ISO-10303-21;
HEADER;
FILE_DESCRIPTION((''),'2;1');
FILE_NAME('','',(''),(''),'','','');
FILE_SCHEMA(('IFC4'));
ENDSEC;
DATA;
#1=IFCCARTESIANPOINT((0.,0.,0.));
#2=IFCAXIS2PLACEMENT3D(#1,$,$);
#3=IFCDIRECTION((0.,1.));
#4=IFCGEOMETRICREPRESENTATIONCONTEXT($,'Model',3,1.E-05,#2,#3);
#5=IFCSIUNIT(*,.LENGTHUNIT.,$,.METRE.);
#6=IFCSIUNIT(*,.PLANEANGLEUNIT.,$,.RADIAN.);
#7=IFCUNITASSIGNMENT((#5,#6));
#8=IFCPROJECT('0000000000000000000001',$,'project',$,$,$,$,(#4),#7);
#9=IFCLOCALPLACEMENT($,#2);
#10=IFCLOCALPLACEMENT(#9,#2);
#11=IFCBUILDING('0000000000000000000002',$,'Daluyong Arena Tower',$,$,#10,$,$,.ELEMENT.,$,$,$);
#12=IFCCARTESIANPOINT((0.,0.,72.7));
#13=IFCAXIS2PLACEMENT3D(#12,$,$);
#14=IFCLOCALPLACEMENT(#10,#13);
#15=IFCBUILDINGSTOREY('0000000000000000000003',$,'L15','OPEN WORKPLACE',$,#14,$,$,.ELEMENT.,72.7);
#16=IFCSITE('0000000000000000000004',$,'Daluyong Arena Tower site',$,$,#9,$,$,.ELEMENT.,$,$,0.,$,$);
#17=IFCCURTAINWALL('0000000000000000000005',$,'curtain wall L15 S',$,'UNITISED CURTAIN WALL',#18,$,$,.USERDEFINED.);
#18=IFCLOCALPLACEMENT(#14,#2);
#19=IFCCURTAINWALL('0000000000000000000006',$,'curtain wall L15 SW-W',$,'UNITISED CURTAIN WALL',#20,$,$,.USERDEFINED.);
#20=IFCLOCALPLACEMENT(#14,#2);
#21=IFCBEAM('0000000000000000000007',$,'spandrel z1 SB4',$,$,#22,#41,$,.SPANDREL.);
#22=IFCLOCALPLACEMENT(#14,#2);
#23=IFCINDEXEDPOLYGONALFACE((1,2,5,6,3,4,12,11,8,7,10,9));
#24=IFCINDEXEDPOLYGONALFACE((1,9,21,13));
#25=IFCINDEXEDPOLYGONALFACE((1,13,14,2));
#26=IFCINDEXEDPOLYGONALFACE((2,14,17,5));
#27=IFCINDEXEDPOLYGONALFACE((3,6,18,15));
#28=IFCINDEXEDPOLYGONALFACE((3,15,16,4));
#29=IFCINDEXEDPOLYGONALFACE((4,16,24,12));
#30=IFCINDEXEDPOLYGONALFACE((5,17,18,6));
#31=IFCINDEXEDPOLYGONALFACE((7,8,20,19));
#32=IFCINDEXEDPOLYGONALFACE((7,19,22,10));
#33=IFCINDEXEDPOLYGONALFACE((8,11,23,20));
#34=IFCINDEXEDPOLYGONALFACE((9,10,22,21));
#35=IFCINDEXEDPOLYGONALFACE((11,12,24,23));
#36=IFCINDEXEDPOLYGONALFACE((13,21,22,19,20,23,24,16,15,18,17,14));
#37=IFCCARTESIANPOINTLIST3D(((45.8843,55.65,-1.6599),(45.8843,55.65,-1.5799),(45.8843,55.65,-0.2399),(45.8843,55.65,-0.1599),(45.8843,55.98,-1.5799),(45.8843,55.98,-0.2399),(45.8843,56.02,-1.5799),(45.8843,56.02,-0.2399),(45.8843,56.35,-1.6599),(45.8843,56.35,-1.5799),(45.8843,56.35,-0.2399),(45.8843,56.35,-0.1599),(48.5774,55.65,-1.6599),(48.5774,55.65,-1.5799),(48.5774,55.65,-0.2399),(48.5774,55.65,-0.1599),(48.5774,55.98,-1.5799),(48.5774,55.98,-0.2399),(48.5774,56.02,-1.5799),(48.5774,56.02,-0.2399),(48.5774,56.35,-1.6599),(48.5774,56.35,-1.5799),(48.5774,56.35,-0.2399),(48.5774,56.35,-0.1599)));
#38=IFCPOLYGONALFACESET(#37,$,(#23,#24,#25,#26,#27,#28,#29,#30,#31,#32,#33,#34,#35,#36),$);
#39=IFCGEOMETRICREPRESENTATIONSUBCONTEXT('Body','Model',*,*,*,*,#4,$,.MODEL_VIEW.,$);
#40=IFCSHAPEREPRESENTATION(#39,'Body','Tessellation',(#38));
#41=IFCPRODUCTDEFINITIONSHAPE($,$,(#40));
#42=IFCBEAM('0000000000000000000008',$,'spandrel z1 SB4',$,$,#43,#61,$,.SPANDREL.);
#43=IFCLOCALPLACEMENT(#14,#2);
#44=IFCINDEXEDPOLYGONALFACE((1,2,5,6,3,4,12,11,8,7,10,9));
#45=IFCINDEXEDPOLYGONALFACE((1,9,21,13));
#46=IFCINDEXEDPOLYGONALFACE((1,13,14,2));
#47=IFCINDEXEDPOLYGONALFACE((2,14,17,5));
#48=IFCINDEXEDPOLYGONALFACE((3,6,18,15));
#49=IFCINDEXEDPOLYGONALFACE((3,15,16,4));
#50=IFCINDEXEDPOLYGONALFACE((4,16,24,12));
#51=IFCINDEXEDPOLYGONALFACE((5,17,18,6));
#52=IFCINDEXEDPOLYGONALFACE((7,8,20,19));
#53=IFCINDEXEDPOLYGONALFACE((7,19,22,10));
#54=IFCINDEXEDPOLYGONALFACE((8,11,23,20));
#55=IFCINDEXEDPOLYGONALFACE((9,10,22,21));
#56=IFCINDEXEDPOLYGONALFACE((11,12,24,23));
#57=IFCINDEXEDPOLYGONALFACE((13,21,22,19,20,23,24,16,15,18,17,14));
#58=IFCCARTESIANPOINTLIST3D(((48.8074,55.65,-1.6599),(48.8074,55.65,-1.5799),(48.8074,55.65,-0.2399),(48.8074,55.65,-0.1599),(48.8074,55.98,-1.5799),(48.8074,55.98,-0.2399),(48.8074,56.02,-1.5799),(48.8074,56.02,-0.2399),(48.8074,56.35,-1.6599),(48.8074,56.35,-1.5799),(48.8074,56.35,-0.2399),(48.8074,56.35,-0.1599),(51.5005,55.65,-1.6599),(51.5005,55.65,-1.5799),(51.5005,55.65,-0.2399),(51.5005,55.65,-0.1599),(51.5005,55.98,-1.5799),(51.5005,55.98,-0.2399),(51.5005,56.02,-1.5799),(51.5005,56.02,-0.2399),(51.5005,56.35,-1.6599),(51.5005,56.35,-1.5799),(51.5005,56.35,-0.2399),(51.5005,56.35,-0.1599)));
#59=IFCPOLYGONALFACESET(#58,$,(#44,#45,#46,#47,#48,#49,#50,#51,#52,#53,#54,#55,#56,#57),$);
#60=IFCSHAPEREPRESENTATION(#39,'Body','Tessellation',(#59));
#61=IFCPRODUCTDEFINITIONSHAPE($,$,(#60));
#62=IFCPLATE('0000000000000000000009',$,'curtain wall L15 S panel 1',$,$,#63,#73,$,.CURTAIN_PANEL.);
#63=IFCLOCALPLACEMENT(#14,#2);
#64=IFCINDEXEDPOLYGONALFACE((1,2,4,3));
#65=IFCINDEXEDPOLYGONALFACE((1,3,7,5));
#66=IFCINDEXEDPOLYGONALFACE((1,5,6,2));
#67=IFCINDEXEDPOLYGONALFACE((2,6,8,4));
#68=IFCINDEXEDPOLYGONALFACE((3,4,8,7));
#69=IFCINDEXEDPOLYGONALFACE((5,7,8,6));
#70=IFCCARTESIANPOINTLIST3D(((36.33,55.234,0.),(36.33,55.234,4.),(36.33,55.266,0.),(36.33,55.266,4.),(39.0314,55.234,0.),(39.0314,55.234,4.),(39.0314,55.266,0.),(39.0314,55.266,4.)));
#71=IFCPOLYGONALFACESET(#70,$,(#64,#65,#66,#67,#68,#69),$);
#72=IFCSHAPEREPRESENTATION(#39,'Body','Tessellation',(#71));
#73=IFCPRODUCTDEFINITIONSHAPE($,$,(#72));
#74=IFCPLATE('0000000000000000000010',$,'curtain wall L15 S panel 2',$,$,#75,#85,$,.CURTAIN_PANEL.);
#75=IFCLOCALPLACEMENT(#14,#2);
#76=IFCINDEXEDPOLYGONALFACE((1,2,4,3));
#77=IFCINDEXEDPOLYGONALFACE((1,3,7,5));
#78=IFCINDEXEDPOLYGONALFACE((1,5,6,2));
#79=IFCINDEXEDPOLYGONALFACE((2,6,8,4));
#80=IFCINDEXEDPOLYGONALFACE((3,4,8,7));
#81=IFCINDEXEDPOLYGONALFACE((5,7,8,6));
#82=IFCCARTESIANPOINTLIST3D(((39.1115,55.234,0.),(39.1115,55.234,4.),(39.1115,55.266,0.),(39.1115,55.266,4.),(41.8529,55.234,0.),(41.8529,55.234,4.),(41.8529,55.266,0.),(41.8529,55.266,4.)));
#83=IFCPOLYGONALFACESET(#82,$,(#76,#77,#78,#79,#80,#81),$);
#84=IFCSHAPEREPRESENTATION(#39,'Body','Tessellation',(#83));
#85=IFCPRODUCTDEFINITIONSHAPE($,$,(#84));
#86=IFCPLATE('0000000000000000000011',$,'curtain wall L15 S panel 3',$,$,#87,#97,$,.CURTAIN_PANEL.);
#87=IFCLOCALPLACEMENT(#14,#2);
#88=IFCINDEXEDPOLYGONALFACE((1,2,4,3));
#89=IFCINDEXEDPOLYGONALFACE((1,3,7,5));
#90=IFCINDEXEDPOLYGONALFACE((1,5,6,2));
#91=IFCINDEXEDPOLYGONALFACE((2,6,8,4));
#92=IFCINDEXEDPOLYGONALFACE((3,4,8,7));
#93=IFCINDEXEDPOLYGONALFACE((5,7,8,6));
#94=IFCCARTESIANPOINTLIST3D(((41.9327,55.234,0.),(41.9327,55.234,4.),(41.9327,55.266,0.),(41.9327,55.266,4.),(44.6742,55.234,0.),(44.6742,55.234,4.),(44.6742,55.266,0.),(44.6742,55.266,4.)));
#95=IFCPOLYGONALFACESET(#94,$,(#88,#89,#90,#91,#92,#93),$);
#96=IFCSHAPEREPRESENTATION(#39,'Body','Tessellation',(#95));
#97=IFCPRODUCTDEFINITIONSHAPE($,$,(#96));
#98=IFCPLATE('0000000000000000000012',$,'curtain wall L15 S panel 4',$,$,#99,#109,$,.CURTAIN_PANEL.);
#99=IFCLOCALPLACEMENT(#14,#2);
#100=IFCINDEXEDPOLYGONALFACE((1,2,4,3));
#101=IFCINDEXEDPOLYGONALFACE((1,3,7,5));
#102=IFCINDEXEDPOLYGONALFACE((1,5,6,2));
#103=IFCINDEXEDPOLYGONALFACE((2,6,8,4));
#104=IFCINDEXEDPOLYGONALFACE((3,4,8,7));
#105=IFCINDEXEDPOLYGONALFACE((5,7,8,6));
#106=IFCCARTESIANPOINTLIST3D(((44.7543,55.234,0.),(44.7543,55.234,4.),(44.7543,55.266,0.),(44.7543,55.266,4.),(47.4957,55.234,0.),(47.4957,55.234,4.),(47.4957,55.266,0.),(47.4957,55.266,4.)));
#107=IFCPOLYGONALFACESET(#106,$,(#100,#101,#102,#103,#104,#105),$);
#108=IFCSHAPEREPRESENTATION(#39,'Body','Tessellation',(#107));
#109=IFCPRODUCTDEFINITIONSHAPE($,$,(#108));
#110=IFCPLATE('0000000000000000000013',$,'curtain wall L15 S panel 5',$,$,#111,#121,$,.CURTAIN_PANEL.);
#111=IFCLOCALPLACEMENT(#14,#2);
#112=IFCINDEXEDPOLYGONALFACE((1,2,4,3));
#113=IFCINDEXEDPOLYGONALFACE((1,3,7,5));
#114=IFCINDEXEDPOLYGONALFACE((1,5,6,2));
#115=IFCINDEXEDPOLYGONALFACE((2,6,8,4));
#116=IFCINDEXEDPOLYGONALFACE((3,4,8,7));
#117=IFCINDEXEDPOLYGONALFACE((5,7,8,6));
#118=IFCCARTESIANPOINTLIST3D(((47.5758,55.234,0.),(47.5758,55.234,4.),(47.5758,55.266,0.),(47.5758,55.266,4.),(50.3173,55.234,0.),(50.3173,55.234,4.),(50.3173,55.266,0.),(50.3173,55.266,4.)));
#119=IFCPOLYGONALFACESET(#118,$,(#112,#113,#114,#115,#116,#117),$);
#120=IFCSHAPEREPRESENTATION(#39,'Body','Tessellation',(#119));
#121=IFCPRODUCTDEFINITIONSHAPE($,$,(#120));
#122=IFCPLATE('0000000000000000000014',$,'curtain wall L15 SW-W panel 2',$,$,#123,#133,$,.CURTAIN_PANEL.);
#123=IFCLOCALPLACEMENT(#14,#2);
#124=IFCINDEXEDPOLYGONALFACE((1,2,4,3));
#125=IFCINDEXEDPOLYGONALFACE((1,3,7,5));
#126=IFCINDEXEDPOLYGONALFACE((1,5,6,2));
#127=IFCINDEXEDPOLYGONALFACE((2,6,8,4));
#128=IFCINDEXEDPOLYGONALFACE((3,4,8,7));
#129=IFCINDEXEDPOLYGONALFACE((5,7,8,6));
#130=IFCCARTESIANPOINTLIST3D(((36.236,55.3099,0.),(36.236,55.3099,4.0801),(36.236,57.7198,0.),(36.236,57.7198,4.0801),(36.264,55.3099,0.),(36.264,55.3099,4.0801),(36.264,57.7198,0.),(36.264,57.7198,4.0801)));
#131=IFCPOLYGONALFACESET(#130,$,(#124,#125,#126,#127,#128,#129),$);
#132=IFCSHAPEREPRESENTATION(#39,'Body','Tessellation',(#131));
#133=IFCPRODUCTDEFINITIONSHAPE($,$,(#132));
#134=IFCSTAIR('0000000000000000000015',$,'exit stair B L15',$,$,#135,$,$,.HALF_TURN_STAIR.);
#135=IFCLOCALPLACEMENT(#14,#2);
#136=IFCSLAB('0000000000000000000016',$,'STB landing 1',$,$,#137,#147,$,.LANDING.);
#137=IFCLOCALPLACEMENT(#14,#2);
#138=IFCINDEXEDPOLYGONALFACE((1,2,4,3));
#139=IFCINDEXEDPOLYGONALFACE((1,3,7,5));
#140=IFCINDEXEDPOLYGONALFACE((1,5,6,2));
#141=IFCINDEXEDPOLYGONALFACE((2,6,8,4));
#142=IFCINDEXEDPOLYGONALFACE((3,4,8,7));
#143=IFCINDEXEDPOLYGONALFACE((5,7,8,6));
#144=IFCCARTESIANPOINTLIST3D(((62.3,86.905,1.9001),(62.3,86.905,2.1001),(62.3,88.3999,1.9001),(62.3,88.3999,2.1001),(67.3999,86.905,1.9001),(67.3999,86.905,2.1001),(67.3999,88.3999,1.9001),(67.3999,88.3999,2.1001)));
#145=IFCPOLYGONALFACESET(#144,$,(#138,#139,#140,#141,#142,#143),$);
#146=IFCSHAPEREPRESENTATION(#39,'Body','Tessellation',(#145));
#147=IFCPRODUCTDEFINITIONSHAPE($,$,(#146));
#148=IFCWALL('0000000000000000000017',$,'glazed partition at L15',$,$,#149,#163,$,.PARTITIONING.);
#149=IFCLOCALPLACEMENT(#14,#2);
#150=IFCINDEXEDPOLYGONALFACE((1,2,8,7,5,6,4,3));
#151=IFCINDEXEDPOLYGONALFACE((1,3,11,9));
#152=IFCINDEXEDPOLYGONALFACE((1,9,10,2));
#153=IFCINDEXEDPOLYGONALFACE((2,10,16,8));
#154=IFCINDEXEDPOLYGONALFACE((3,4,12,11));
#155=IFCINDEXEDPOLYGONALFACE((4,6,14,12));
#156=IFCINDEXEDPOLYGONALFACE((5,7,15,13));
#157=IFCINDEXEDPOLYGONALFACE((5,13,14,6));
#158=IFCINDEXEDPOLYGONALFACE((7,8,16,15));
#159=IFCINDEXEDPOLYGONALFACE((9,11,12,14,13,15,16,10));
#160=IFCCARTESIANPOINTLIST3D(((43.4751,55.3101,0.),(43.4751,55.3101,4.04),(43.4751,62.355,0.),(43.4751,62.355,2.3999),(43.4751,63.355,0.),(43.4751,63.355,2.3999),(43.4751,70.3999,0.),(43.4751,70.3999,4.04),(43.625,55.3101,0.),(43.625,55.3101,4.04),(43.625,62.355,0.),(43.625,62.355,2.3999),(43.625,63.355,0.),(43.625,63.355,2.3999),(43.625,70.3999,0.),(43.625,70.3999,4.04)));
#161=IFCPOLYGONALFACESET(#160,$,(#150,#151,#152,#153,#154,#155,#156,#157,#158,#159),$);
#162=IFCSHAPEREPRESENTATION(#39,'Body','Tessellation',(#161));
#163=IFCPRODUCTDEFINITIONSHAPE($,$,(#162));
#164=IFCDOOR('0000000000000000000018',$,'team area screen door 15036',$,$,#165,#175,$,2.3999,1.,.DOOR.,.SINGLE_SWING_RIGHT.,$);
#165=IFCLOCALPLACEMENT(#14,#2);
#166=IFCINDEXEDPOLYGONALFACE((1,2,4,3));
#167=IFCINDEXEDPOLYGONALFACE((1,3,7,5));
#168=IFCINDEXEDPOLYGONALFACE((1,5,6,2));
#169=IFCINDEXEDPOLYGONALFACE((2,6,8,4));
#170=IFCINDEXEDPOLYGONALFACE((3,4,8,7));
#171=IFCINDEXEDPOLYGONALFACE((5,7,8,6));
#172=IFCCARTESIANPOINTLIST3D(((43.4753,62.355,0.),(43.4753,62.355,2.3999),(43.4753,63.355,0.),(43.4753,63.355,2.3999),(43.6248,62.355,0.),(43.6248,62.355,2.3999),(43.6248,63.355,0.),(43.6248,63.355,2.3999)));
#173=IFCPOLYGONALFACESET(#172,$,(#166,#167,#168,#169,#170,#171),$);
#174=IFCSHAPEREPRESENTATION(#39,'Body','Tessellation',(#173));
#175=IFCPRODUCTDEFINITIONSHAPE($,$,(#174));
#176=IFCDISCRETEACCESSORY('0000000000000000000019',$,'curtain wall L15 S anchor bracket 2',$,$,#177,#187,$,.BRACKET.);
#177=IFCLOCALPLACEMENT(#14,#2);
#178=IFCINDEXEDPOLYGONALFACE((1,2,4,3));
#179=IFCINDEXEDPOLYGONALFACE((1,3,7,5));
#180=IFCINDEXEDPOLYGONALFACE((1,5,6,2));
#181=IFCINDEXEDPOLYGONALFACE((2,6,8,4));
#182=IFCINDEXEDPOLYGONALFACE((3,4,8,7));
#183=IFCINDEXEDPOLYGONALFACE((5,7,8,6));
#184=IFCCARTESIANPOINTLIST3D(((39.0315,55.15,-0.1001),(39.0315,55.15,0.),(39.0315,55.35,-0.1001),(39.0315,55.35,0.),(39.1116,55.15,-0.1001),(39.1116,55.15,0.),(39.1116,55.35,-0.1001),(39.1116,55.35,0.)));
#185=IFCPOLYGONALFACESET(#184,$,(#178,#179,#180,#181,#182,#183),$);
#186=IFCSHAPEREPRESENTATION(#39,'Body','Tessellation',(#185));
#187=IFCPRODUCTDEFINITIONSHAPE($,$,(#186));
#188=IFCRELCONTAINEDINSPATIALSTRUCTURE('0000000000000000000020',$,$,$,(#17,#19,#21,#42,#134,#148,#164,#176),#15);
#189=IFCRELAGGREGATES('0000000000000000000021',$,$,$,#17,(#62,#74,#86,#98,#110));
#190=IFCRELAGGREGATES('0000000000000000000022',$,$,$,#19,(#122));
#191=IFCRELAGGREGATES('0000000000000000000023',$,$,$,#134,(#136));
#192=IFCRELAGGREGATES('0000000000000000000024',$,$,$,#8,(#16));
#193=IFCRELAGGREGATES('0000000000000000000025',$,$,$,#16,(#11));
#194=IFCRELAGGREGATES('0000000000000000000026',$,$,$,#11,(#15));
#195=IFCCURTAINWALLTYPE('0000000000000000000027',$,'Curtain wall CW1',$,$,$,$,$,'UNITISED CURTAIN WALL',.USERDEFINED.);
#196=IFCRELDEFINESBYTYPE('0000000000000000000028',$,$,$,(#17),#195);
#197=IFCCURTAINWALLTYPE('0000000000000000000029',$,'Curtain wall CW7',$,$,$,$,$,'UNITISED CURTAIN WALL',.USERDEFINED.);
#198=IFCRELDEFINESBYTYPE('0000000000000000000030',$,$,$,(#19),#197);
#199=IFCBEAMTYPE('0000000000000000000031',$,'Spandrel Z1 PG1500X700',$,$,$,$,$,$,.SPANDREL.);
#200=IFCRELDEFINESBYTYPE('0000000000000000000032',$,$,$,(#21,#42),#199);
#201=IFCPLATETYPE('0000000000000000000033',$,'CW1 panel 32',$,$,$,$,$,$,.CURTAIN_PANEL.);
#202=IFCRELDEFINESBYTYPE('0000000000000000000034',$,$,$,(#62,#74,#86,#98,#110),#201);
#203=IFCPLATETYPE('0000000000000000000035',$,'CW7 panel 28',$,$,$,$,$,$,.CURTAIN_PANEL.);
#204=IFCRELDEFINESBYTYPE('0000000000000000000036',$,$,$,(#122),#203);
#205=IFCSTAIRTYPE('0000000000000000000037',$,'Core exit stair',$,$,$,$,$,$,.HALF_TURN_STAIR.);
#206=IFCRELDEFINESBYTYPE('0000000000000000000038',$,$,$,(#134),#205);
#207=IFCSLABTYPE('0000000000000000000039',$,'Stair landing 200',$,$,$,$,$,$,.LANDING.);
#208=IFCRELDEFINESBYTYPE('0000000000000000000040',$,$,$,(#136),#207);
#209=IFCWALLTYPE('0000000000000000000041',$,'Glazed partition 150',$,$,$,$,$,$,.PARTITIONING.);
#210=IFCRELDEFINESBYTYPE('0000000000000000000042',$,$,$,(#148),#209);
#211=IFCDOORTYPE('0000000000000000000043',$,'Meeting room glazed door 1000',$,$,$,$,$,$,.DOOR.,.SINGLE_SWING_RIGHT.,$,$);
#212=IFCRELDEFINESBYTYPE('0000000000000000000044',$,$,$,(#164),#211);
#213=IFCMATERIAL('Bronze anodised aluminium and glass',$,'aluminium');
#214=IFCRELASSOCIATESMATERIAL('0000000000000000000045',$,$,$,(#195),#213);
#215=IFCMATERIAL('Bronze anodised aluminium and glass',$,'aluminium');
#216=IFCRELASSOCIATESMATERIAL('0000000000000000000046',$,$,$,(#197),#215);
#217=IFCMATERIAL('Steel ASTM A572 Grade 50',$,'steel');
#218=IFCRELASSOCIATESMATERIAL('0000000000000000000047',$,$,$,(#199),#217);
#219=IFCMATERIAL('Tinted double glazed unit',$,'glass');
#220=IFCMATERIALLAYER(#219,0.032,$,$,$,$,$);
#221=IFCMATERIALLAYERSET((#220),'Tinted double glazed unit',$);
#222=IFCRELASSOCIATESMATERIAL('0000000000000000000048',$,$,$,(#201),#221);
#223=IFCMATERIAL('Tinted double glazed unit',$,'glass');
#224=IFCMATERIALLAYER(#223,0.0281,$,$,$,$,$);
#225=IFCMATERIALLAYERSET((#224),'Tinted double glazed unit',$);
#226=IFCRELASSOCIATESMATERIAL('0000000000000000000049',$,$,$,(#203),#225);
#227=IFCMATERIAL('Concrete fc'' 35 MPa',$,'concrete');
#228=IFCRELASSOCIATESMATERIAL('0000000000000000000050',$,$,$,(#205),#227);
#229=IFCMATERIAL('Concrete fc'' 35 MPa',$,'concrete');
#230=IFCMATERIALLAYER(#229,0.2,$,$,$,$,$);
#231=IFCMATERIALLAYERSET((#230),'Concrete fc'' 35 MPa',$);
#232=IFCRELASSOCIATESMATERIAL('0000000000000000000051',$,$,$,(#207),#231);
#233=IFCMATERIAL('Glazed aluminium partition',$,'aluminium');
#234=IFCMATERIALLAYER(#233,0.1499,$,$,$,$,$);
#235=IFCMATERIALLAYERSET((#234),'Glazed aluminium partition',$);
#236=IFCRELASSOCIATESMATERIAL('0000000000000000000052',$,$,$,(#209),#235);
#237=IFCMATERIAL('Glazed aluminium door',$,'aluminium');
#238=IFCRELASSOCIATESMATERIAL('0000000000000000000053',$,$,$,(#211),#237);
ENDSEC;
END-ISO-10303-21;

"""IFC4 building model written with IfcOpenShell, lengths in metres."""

from ifc_helpers import new_model, si_unit, direction, frame, frame_2d, origin, origin_2d, place, context, subcontext, project, spatial, polyline, rectangle, i_section, outline, extrude, material, layer, layer_set, material_profile, profile_set, type_object, element, fill, aggregate, save


model = new_model("IFC4")

# Units and contexts
model_context = context("Model", 3, precision=1e-05, world=origin(), true_north=direction((0.0, 1.0)))
body_context = subcontext(model_context, "Body", "Model", "MODEL_VIEW")
ifc_project = project(units=[si_unit("LENGTHUNIT", "METRE"), si_unit("PLANEANGLEUNIT", "RADIAN")], contexts=[model_context])

# Site, building, storey
site_placement = place(None, origin())
site = spatial("IfcSite", under=ifc_project, at=site_placement, Name="Daluyong Arena Tower site", CompositionType="ELEMENT", RefElevation=0.0)
building_placement = place(site_placement, origin())
building = spatial("IfcBuilding", under=site, at=building_placement, Name="Daluyong Arena Tower", CompositionType="ELEMENT")
storey_placement = place(building_placement, frame((0.0, 0.0, 72.7)))
storey = spatial("IfcBuildingStorey", under=building, at=storey_placement, Name="L15", Description="OPEN WORKPLACE", CompositionType="ELEMENT", Elevation=72.7)

# Curtain wall
ifc_material_1 = material(Name="Bronze anodised aluminium and glass", Category="aluminium")
curtain_wall_type_1 = type_object("IfcCurtainWallType", Name="Curtain wall CW1", ElementType="UNITISED CURTAIN WALL", PredefinedType="USERDEFINED", material=ifc_material_1)
curtain_wall_1_placement = place(storey_placement, origin())
curtain_wall_1 = element("IfcCurtainWall", 1, at=curtain_wall_1_placement, inside=storey, type_object=curtain_wall_type_1, Name="curtain wall L15 S", ObjectType="UNITISED CURTAIN WALL", PredefinedType="USERDEFINED")

# Curtain wall
ifc_material_2 = material(Name="Bronze anodised aluminium and glass", Category="aluminium")
curtain_wall_type_2 = type_object("IfcCurtainWallType", Name="Curtain wall CW7", ElementType="UNITISED CURTAIN WALL", PredefinedType="USERDEFINED", material=ifc_material_2)
curtain_wall_2_placement = place(storey_placement, origin())
curtain_wall_2 = element("IfcCurtainWall", 2, at=curtain_wall_2_placement, inside=storey, type_object=curtain_wall_type_2, Name="curtain wall L15 SW-W", ObjectType="UNITISED CURTAIN WALL", PredefinedType="USERDEFINED")

# Beams
ifc_material_3 = material(Name="Steel ASTM A572 Grade 50", Category="steel")
ifc_material_profile_1 = material_profile(ifc_material_3, i_section(OverallWidth=0.7, OverallDepth=1.5, WebThickness=0.04, FlangeThickness=0.08, at=origin_2d()))
ifc_profile_set_1 = profile_set([ifc_material_profile_1], Name="Steel ASTM A572 Grade 50")
beam_type_1 = type_object("IfcBeamType", Name="Spandrel Z1 PG1500X700", PredefinedType="SPANDREL", material=ifc_profile_set_1)
for number, where, z_axis, x_axis, name in (
    (3, (45.8843, 56.0, -0.9099), (1.0, 0.0, 0.0), (0.0, 1.0, 0.0), "spandrel z1 SB4"),
    (4, (48.8074, 56.0, -0.9099), (1.0, 0.0, 0.0), (0.0, 1.0, 0.0), "spandrel z1 SB4"),
):
    element("IfcBeam", number, at=place(storey_placement, frame(where, z_axis=z_axis, x_axis=x_axis)), inside=storey, type_object=beam_type_1, Name=name, PredefinedType="SPANDREL", context=body_context, shape_type="SweptSolid", body=[
        extrude(i_section(OverallWidth=0.7, OverallDepth=1.5, WebThickness=0.04, FlangeThickness=0.08, at=origin_2d()), origin(), (0.0, 0.0, 1.0), 2.6931),
    ])

# Plates
ifc_material_4 = material(Name="Tinted double glazed unit", Category="glass")
ifc_layer_1 = layer(ifc_material_4, 0.032)
ifc_layer_set_1 = layer_set([ifc_layer_1], Name="Tinted double glazed unit")
plate_type_1 = type_object("IfcPlateType", Name="CW1 panel 32", PredefinedType="CURTAIN_PANEL", material=ifc_layer_set_1)
plate_1_placement = place(storey_placement, frame((37.6807, 55.25, 0.0), z_axis=(0.0, 0.0, 1.0), x_axis=(1.0, 0.0, 0.0)))
plate_1 = element("IfcPlate", 5, at=plate_1_placement, type_object=plate_type_1, Name="curtain wall L15 S panel 1", PredefinedType="CURTAIN_PANEL", context=body_context, shape_type="SweptSolid", body=[
    extrude(rectangle(XDim=2.7014, YDim=0.032, at=origin_2d()), origin(), (0.0, 0.0, 1.0), 4.0),
])
plate_2_placement = place(storey_placement, frame((40.4822, 55.25, 0.0), z_axis=(0.0, 0.0, 1.0), x_axis=(1.0, 0.0, 0.0)))
plate_2 = element("IfcPlate", 6, at=plate_2_placement, type_object=plate_type_1, Name="curtain wall L15 S panel 2", PredefinedType="CURTAIN_PANEL", context=body_context, shape_type="SweptSolid", body=[
    extrude(rectangle(XDim=2.7415, YDim=0.032, at=origin_2d()), origin(), (0.0, 0.0, 1.0), 4.0),
])
plate_3_placement = place(storey_placement, frame((43.3035, 55.25, 0.0), z_axis=(0.0, 0.0, 1.0), x_axis=(1.0, 0.0, 0.0)))
plate_3 = element("IfcPlate", 7, at=plate_3_placement, type_object=plate_type_1, Name="curtain wall L15 S panel 3", PredefinedType="CURTAIN_PANEL", context=body_context, shape_type="SweptSolid", body=[
    extrude(rectangle(XDim=2.7415, YDim=0.032, at=origin_2d()), origin(), (0.0, 0.0, 1.0), 4.0),
])
plate_4_placement = place(storey_placement, frame((46.125, 55.25, 0.0), z_axis=(0.0, 0.0, 1.0), x_axis=(1.0, 0.0, 0.0)))
plate_4 = element("IfcPlate", 8, at=plate_4_placement, type_object=plate_type_1, Name="curtain wall L15 S panel 4", PredefinedType="CURTAIN_PANEL", context=body_context, shape_type="SweptSolid", body=[
    extrude(rectangle(XDim=2.7415, YDim=0.032, at=origin_2d()), origin(), (0.0, 0.0, 1.0), 4.0),
])
plate_5_placement = place(storey_placement, frame((48.9465, 55.25, 0.0), z_axis=(0.0, 0.0, 1.0), x_axis=(1.0, 0.0, 0.0)))
plate_5 = element("IfcPlate", 9, at=plate_5_placement, type_object=plate_type_1, Name="curtain wall L15 S panel 5", PredefinedType="CURTAIN_PANEL", context=body_context, shape_type="SweptSolid", body=[
    extrude(rectangle(XDim=2.7415, YDim=0.032, at=origin_2d()), origin(), (0.0, 0.0, 1.0), 4.0),
])
aggregate(curtain_wall_1, [plate_1, plate_2, plate_3, plate_4, plate_5])
ifc_material_5 = material(Name="Tinted double glazed unit", Category="glass")
ifc_layer_2 = layer(ifc_material_5, 0.0281)
ifc_layer_set_2 = layer_set([ifc_layer_2], Name="Tinted double glazed unit")
plate_type_2 = type_object("IfcPlateType", Name="CW7 panel 28", PredefinedType="CURTAIN_PANEL", material=ifc_layer_set_2)
plate_6_placement = place(storey_placement, frame((36.25, 56.5149, 0.0), z_axis=(0.0, 0.0, 1.0), x_axis=(0.0, -1.0, 0.0)))
plate_6 = element("IfcPlate", 10, at=plate_6_placement, type_object=plate_type_2, Name="curtain wall L15 SW-W panel 2", PredefinedType="CURTAIN_PANEL", context=body_context, shape_type="SweptSolid", body=[
    extrude(rectangle(XDim=2.4099, YDim=0.0281, at=origin_2d()), origin(), (0.0, 0.0, 1.0), 4.0801),
])
aggregate(curtain_wall_2, [plate_6])

# Stair, slab
ifc_material_6 = material(Name="Concrete fc' 35 MPa", Category="concrete")
stair_type = type_object("IfcStairType", Name="Core exit stair", PredefinedType="HALF_TURN_STAIR", material=ifc_material_6)
stair_placement = place(storey_placement, origin())
stair = element("IfcStair", 11, at=stair_placement, inside=storey, type_object=stair_type, Name="exit stair B L15", PredefinedType="HALF_TURN_STAIR")
ifc_material_7 = material(Name="Concrete fc' 35 MPa", Category="concrete")
ifc_layer_3 = layer(ifc_material_7, 0.2)
ifc_layer_set_3 = layer_set([ifc_layer_3], Name="Concrete fc' 35 MPa")
slab_type = type_object("IfcSlabType", Name="Stair landing 200", PredefinedType="LANDING", material=ifc_layer_set_3)
slab_placement = place(storey_placement, frame((0.0, 0.0, 1.9001)))
slab = element("IfcSlab", 12, at=slab_placement, type_object=slab_type, Name="STB landing 1", PredefinedType="LANDING", context=body_context, shape_type="SweptSolid", body=[
    extrude(outline(polyline([(62.3, 86.905), (67.3999, 86.905), (67.3999, 88.3999), (62.3, 88.3999), (62.3, 86.905)])), origin(), (0.0, 0.0, 1.0), 0.2),
])
aggregate(stair, [slab])

# Wall, opening, door
ifc_material_8 = material(Name="Glazed aluminium partition", Category="aluminium")
ifc_layer_4 = layer(ifc_material_8, 0.1499)
ifc_layer_set_4 = layer_set([ifc_layer_4], Name="Glazed aluminium partition")
wall_type = type_object("IfcWallType", Name="Glazed partition 150", PredefinedType="PARTITIONING", material=ifc_layer_set_4)
wall_placement = place(storey_placement, frame((43.55, 55.3101, 0.0), z_axis=(0.0, 0.0, 1.0), x_axis=(0.0, 1.0, 0.0)))
wall = element("IfcWall", 13, at=wall_placement, inside=storey, type_object=wall_type, Name="glazed partition at L15", PredefinedType="PARTITIONING", context=body_context, shape_type="SweptSolid", body=[
    extrude(rectangle(XDim=15.0898, YDim=0.1499, at=frame_2d((7.5449, 0.0))), origin(), (0.0, 0.0, 1.0), 4.04),
])
opening_placement = place(wall_placement, frame((7.0449, 0.0, 0.0)))
opening = element("IfcOpeningElement", 14, at=opening_placement, cuts=wall, PredefinedType="OPENING", context=body_context, shape_type="SweptSolid", body=[
    extrude(rectangle(XDim=1.0, YDim=2.3999, at=frame_2d((0.5, 1.2))), frame((0.0, 0.085, 0.0), z_axis=(0.0, -1.0, 0.0), x_axis=(1.0, 0.0, 0.0)), (0.0, 0.0, 1.0), 0.1699),
])
ifc_material_9 = material(Name="Glazed aluminium door", Category="aluminium")
door_type = type_object("IfcDoorType", Name="Meeting room glazed door 1000", OperationType="SINGLE_SWING_RIGHT", PredefinedType="DOOR", material=ifc_material_9)
door_placement = place(opening_placement, origin())
door = element("IfcDoor", 15, at=door_placement, inside=storey, type_object=door_type, Name="team area screen door 15036", OperationType="SINGLE_SWING_RIGHT", OverallHeight=2.3999, OverallWidth=1.0, PredefinedType="DOOR", context=body_context, shape_type="SweptSolid", body=[
    extrude(rectangle(XDim=1.0, YDim=2.3999, at=frame_2d((0.5, 1.2))), frame((0.0, 0.0747, 0.0), z_axis=(0.0, -1.0, 0.0), x_axis=(1.0, 0.0, 0.0)), (0.0, 0.0, 1.0), 0.1494),
])
fill(opening, door)

# Discrete accessory
for number, where, z_axis, x_axis, name in (
    (16, (39.0715, 55.25, -0.1001), (0.0, 0.0, 1.0), (1.0, 0.0, 0.0), "curtain wall L15 S anchor bracket 2"),
):
    element("IfcDiscreteAccessory", number, at=place(storey_placement, frame(where, z_axis=z_axis, x_axis=x_axis)), inside=storey, Name=name, PredefinedType="BRACKET", context=body_context, shape_type="SweptSolid", body=[
        extrude(rectangle(XDim=0.0801, YDim=0.2, at=origin_2d()), origin(), (0.0, 0.0, 1.0), 0.1001),
    ])

save(model, "model.ifc")
